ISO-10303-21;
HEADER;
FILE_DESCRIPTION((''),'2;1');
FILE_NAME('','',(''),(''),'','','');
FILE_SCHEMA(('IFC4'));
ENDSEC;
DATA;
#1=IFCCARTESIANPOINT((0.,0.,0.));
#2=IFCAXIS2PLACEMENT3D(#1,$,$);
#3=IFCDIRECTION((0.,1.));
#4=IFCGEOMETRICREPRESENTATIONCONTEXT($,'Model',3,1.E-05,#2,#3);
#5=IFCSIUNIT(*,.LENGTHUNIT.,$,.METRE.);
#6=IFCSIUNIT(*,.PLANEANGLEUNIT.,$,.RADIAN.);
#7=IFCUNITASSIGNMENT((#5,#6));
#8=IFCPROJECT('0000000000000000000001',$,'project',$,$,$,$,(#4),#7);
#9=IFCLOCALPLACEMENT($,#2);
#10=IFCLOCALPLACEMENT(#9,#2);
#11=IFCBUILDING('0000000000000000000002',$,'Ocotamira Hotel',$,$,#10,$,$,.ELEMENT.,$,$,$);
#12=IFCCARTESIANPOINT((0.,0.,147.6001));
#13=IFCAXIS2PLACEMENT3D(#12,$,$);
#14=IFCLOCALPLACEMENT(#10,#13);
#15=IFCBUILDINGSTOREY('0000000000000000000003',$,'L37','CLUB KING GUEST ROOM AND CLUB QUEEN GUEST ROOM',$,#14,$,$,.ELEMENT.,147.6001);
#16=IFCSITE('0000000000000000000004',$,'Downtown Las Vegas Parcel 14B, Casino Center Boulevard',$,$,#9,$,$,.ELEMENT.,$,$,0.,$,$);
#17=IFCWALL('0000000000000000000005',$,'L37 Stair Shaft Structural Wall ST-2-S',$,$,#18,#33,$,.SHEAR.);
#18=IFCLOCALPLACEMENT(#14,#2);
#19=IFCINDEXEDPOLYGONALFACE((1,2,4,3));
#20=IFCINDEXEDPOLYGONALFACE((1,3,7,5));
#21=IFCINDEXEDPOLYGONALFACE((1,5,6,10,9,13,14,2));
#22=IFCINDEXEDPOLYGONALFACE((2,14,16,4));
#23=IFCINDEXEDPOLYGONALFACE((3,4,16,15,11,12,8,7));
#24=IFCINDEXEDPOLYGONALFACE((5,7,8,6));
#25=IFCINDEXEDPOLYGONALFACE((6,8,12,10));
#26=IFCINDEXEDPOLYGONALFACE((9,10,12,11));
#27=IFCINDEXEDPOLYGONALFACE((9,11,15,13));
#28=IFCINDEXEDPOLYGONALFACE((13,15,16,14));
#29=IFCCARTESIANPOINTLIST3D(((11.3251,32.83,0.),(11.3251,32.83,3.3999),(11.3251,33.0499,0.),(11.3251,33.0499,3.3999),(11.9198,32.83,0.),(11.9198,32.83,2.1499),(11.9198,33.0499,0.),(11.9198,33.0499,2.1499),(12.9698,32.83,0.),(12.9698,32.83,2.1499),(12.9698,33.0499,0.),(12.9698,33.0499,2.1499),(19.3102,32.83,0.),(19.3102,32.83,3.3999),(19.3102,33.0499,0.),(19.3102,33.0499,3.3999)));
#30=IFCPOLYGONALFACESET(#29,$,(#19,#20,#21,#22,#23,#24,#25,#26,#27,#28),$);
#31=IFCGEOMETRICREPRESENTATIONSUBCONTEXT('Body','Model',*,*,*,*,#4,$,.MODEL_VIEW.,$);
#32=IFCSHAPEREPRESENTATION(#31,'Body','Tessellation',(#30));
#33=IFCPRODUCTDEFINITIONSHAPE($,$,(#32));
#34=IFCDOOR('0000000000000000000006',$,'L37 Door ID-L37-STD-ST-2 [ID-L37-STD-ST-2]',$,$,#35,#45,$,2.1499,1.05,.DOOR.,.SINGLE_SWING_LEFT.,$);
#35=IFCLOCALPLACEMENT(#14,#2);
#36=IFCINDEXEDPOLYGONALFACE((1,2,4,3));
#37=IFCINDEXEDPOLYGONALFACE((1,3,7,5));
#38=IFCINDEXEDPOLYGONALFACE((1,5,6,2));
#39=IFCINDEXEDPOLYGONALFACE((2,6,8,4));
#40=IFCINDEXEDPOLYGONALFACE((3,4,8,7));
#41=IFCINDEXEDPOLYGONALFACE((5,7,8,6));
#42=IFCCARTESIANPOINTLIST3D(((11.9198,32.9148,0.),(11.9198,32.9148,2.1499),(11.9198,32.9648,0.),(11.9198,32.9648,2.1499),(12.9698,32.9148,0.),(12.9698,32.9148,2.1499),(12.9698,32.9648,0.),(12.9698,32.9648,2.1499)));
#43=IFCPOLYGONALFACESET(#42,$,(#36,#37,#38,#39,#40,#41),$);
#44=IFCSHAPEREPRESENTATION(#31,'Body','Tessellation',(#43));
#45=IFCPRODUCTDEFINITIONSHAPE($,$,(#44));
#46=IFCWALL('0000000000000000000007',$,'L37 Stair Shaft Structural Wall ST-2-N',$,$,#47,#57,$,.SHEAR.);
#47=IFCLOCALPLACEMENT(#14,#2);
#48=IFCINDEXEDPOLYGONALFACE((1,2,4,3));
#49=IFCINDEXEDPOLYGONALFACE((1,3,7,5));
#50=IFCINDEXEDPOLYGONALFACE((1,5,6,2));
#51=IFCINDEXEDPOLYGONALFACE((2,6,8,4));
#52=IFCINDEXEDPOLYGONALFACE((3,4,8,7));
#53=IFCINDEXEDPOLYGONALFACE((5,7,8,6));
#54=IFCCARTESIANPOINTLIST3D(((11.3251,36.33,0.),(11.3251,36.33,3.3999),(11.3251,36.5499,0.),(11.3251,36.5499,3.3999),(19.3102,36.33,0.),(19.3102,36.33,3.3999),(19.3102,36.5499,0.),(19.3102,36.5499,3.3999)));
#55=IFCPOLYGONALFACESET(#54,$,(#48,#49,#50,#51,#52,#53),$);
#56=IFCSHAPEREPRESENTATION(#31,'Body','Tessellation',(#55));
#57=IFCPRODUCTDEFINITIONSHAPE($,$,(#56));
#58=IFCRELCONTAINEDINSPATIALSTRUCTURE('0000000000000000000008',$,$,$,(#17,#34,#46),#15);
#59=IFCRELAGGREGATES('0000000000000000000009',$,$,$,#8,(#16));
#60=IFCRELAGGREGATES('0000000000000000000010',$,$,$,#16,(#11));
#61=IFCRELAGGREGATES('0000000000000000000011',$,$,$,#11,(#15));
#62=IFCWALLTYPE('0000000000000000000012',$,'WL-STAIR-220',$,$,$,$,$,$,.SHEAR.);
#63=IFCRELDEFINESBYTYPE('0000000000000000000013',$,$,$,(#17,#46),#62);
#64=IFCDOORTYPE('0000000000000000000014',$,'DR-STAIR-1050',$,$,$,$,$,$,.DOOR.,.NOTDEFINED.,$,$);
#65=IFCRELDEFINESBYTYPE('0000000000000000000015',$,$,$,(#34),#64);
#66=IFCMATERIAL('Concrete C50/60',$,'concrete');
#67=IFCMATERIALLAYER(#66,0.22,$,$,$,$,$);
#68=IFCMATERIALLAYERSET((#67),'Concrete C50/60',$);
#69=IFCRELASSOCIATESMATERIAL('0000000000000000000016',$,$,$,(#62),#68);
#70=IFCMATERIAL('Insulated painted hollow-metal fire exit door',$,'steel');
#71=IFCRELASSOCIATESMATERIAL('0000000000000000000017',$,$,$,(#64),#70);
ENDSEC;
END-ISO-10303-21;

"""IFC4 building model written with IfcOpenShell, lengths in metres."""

from ifc_helpers import new_model, si_unit, direction, frame, frame_2d, origin, place, context, subcontext, project, spatial, rectangle, extrude, source, transform, mapped, material, layer, layer_set, type_object, element, fill, save


model = new_model("IFC4")

# Units and contexts
model_context = context("Model", 3, precision=1e-05, world=origin(), true_north=direction((0.0, 1.0)))
body_context = subcontext(model_context, "Body", "Model", "MODEL_VIEW")
ifc_project = project(units=[si_unit("LENGTHUNIT", "METRE"), si_unit("PLANEANGLEUNIT", "RADIAN")], contexts=[model_context])

# Site, building, storey
site_placement = place(None, origin())
site = spatial("IfcSite", under=ifc_project, at=site_placement, Name="Downtown Las Vegas Parcel 14B, Casino Center Boulevard", CompositionType="ELEMENT", RefElevation=0.0)
building_placement = place(site_placement, origin())
building = spatial("IfcBuilding", under=site, at=building_placement, Name="Ocotamira Hotel", CompositionType="ELEMENT")
storey_placement = place(building_placement, frame((0.0, 0.0, 147.6001)))
storey = spatial("IfcBuildingStorey", under=building, at=storey_placement, Name="L37", Description="CLUB KING GUEST ROOM AND CLUB QUEEN GUEST ROOM", CompositionType="ELEMENT", Elevation=147.6001)

# Wall, opening, door
ifc_material_1 = material(Name="Concrete C50/60", Category="concrete")
ifc_layer_1 = layer(ifc_material_1, 0.22)
ifc_layer_set_1 = layer_set([ifc_layer_1], Name="Concrete C50/60")
wall_type_1 = type_object("IfcWallType", Name="WL-STAIR-220", PredefinedType="SHEAR", material=ifc_layer_set_1)
wall_1_placement = place(storey_placement, frame((11.325, 32.9399, 0.0), z_axis=(0.0, 0.0, 1.0), x_axis=(1.0, 0.0, 0.0)))
wall_1 = element("IfcWall", 1, at=wall_1_placement, inside=storey, type_object=wall_type_1, Name="L37 Stair Shaft Structural Wall ST-2-S", PredefinedType="SHEAR", context=body_context, shape_type="SweptSolid", body=[
    extrude(rectangle(XDim=7.9851, YDim=0.22, at=frame_2d((3.9927, 0.0))), origin(), (0.0, 0.0, 1.0), 3.3999),
])
opening_1_placement = place(wall_1_placement, frame((0.595, 0.0, 0.0)))
opening_1 = element("IfcOpeningElement", 2, at=opening_1_placement, cuts=wall_1, PredefinedType="OPENING", context=body_context, shape_type="SweptSolid", body=[
    extrude(rectangle(XDim=1.05, YDim=2.1499, at=frame_2d((0.5249, 1.075))), frame((0.0, 0.1201, 0.0), z_axis=(0.0, -1.0, 0.0), x_axis=(1.0, 0.0, 0.0)), (0.0, 0.0, 1.0), 0.24),
])
ifc_material_2 = material(Name="Insulated painted hollow-metal fire exit door", Category="steel")
door_type_1 = type_object("IfcDoorType", Name="DR-STAIR-1050", OperationType="NOTDEFINED", PredefinedType="DOOR", material=ifc_material_2)
shared_shape_1 = source(origin(), body_context, "Body", "SweptSolid", [
    extrude(rectangle(XDim=1.05, YDim=2.1499, at=frame_2d((0.5249, 1.075))), frame((0.0, 0.0249, 0.0), z_axis=(0.0, -1.0, 0.0), x_axis=(1.0, 0.0, 0.0)), (0.0, 0.0, 1.0), 0.05),
])
door_1_placement = place(opening_1_placement, origin())
door_1 = element("IfcDoor", 3, at=door_1_placement, inside=storey, type_object=door_type_1, Name="L37 Door ID-L37-STD-ST-2 [ID-L37-STD-ST-2]", OperationType="SINGLE_SWING_LEFT", OverallHeight=2.1499, OverallWidth=1.05, PredefinedType="DOOR", context=body_context, shape_type="MappedRepresentation", body=[
    mapped(shared_shape_1, transform((0.0, 0.0, 0.0), scale=1.0)),
])
fill(opening_1, door_1)

# Wall
wall_2_placement = place(storey_placement, frame((11.325, 36.4399, 0.0), z_axis=(0.0, 0.0, 1.0), x_axis=(1.0, 0.0, 0.0)))
element("IfcWall", 4, at=wall_2_placement, inside=storey, type_object=wall_type_1, Name="L37 Stair Shaft Structural Wall ST-2-N", PredefinedType="SHEAR", context=body_context, shape_type="SweptSolid", body=[
    extrude(rectangle(XDim=7.9851, YDim=0.22, at=frame_2d((3.9927, 0.0))), origin(), (0.0, 0.0, 1.0), 3.3999),
])

save(model, "model.ifc")
